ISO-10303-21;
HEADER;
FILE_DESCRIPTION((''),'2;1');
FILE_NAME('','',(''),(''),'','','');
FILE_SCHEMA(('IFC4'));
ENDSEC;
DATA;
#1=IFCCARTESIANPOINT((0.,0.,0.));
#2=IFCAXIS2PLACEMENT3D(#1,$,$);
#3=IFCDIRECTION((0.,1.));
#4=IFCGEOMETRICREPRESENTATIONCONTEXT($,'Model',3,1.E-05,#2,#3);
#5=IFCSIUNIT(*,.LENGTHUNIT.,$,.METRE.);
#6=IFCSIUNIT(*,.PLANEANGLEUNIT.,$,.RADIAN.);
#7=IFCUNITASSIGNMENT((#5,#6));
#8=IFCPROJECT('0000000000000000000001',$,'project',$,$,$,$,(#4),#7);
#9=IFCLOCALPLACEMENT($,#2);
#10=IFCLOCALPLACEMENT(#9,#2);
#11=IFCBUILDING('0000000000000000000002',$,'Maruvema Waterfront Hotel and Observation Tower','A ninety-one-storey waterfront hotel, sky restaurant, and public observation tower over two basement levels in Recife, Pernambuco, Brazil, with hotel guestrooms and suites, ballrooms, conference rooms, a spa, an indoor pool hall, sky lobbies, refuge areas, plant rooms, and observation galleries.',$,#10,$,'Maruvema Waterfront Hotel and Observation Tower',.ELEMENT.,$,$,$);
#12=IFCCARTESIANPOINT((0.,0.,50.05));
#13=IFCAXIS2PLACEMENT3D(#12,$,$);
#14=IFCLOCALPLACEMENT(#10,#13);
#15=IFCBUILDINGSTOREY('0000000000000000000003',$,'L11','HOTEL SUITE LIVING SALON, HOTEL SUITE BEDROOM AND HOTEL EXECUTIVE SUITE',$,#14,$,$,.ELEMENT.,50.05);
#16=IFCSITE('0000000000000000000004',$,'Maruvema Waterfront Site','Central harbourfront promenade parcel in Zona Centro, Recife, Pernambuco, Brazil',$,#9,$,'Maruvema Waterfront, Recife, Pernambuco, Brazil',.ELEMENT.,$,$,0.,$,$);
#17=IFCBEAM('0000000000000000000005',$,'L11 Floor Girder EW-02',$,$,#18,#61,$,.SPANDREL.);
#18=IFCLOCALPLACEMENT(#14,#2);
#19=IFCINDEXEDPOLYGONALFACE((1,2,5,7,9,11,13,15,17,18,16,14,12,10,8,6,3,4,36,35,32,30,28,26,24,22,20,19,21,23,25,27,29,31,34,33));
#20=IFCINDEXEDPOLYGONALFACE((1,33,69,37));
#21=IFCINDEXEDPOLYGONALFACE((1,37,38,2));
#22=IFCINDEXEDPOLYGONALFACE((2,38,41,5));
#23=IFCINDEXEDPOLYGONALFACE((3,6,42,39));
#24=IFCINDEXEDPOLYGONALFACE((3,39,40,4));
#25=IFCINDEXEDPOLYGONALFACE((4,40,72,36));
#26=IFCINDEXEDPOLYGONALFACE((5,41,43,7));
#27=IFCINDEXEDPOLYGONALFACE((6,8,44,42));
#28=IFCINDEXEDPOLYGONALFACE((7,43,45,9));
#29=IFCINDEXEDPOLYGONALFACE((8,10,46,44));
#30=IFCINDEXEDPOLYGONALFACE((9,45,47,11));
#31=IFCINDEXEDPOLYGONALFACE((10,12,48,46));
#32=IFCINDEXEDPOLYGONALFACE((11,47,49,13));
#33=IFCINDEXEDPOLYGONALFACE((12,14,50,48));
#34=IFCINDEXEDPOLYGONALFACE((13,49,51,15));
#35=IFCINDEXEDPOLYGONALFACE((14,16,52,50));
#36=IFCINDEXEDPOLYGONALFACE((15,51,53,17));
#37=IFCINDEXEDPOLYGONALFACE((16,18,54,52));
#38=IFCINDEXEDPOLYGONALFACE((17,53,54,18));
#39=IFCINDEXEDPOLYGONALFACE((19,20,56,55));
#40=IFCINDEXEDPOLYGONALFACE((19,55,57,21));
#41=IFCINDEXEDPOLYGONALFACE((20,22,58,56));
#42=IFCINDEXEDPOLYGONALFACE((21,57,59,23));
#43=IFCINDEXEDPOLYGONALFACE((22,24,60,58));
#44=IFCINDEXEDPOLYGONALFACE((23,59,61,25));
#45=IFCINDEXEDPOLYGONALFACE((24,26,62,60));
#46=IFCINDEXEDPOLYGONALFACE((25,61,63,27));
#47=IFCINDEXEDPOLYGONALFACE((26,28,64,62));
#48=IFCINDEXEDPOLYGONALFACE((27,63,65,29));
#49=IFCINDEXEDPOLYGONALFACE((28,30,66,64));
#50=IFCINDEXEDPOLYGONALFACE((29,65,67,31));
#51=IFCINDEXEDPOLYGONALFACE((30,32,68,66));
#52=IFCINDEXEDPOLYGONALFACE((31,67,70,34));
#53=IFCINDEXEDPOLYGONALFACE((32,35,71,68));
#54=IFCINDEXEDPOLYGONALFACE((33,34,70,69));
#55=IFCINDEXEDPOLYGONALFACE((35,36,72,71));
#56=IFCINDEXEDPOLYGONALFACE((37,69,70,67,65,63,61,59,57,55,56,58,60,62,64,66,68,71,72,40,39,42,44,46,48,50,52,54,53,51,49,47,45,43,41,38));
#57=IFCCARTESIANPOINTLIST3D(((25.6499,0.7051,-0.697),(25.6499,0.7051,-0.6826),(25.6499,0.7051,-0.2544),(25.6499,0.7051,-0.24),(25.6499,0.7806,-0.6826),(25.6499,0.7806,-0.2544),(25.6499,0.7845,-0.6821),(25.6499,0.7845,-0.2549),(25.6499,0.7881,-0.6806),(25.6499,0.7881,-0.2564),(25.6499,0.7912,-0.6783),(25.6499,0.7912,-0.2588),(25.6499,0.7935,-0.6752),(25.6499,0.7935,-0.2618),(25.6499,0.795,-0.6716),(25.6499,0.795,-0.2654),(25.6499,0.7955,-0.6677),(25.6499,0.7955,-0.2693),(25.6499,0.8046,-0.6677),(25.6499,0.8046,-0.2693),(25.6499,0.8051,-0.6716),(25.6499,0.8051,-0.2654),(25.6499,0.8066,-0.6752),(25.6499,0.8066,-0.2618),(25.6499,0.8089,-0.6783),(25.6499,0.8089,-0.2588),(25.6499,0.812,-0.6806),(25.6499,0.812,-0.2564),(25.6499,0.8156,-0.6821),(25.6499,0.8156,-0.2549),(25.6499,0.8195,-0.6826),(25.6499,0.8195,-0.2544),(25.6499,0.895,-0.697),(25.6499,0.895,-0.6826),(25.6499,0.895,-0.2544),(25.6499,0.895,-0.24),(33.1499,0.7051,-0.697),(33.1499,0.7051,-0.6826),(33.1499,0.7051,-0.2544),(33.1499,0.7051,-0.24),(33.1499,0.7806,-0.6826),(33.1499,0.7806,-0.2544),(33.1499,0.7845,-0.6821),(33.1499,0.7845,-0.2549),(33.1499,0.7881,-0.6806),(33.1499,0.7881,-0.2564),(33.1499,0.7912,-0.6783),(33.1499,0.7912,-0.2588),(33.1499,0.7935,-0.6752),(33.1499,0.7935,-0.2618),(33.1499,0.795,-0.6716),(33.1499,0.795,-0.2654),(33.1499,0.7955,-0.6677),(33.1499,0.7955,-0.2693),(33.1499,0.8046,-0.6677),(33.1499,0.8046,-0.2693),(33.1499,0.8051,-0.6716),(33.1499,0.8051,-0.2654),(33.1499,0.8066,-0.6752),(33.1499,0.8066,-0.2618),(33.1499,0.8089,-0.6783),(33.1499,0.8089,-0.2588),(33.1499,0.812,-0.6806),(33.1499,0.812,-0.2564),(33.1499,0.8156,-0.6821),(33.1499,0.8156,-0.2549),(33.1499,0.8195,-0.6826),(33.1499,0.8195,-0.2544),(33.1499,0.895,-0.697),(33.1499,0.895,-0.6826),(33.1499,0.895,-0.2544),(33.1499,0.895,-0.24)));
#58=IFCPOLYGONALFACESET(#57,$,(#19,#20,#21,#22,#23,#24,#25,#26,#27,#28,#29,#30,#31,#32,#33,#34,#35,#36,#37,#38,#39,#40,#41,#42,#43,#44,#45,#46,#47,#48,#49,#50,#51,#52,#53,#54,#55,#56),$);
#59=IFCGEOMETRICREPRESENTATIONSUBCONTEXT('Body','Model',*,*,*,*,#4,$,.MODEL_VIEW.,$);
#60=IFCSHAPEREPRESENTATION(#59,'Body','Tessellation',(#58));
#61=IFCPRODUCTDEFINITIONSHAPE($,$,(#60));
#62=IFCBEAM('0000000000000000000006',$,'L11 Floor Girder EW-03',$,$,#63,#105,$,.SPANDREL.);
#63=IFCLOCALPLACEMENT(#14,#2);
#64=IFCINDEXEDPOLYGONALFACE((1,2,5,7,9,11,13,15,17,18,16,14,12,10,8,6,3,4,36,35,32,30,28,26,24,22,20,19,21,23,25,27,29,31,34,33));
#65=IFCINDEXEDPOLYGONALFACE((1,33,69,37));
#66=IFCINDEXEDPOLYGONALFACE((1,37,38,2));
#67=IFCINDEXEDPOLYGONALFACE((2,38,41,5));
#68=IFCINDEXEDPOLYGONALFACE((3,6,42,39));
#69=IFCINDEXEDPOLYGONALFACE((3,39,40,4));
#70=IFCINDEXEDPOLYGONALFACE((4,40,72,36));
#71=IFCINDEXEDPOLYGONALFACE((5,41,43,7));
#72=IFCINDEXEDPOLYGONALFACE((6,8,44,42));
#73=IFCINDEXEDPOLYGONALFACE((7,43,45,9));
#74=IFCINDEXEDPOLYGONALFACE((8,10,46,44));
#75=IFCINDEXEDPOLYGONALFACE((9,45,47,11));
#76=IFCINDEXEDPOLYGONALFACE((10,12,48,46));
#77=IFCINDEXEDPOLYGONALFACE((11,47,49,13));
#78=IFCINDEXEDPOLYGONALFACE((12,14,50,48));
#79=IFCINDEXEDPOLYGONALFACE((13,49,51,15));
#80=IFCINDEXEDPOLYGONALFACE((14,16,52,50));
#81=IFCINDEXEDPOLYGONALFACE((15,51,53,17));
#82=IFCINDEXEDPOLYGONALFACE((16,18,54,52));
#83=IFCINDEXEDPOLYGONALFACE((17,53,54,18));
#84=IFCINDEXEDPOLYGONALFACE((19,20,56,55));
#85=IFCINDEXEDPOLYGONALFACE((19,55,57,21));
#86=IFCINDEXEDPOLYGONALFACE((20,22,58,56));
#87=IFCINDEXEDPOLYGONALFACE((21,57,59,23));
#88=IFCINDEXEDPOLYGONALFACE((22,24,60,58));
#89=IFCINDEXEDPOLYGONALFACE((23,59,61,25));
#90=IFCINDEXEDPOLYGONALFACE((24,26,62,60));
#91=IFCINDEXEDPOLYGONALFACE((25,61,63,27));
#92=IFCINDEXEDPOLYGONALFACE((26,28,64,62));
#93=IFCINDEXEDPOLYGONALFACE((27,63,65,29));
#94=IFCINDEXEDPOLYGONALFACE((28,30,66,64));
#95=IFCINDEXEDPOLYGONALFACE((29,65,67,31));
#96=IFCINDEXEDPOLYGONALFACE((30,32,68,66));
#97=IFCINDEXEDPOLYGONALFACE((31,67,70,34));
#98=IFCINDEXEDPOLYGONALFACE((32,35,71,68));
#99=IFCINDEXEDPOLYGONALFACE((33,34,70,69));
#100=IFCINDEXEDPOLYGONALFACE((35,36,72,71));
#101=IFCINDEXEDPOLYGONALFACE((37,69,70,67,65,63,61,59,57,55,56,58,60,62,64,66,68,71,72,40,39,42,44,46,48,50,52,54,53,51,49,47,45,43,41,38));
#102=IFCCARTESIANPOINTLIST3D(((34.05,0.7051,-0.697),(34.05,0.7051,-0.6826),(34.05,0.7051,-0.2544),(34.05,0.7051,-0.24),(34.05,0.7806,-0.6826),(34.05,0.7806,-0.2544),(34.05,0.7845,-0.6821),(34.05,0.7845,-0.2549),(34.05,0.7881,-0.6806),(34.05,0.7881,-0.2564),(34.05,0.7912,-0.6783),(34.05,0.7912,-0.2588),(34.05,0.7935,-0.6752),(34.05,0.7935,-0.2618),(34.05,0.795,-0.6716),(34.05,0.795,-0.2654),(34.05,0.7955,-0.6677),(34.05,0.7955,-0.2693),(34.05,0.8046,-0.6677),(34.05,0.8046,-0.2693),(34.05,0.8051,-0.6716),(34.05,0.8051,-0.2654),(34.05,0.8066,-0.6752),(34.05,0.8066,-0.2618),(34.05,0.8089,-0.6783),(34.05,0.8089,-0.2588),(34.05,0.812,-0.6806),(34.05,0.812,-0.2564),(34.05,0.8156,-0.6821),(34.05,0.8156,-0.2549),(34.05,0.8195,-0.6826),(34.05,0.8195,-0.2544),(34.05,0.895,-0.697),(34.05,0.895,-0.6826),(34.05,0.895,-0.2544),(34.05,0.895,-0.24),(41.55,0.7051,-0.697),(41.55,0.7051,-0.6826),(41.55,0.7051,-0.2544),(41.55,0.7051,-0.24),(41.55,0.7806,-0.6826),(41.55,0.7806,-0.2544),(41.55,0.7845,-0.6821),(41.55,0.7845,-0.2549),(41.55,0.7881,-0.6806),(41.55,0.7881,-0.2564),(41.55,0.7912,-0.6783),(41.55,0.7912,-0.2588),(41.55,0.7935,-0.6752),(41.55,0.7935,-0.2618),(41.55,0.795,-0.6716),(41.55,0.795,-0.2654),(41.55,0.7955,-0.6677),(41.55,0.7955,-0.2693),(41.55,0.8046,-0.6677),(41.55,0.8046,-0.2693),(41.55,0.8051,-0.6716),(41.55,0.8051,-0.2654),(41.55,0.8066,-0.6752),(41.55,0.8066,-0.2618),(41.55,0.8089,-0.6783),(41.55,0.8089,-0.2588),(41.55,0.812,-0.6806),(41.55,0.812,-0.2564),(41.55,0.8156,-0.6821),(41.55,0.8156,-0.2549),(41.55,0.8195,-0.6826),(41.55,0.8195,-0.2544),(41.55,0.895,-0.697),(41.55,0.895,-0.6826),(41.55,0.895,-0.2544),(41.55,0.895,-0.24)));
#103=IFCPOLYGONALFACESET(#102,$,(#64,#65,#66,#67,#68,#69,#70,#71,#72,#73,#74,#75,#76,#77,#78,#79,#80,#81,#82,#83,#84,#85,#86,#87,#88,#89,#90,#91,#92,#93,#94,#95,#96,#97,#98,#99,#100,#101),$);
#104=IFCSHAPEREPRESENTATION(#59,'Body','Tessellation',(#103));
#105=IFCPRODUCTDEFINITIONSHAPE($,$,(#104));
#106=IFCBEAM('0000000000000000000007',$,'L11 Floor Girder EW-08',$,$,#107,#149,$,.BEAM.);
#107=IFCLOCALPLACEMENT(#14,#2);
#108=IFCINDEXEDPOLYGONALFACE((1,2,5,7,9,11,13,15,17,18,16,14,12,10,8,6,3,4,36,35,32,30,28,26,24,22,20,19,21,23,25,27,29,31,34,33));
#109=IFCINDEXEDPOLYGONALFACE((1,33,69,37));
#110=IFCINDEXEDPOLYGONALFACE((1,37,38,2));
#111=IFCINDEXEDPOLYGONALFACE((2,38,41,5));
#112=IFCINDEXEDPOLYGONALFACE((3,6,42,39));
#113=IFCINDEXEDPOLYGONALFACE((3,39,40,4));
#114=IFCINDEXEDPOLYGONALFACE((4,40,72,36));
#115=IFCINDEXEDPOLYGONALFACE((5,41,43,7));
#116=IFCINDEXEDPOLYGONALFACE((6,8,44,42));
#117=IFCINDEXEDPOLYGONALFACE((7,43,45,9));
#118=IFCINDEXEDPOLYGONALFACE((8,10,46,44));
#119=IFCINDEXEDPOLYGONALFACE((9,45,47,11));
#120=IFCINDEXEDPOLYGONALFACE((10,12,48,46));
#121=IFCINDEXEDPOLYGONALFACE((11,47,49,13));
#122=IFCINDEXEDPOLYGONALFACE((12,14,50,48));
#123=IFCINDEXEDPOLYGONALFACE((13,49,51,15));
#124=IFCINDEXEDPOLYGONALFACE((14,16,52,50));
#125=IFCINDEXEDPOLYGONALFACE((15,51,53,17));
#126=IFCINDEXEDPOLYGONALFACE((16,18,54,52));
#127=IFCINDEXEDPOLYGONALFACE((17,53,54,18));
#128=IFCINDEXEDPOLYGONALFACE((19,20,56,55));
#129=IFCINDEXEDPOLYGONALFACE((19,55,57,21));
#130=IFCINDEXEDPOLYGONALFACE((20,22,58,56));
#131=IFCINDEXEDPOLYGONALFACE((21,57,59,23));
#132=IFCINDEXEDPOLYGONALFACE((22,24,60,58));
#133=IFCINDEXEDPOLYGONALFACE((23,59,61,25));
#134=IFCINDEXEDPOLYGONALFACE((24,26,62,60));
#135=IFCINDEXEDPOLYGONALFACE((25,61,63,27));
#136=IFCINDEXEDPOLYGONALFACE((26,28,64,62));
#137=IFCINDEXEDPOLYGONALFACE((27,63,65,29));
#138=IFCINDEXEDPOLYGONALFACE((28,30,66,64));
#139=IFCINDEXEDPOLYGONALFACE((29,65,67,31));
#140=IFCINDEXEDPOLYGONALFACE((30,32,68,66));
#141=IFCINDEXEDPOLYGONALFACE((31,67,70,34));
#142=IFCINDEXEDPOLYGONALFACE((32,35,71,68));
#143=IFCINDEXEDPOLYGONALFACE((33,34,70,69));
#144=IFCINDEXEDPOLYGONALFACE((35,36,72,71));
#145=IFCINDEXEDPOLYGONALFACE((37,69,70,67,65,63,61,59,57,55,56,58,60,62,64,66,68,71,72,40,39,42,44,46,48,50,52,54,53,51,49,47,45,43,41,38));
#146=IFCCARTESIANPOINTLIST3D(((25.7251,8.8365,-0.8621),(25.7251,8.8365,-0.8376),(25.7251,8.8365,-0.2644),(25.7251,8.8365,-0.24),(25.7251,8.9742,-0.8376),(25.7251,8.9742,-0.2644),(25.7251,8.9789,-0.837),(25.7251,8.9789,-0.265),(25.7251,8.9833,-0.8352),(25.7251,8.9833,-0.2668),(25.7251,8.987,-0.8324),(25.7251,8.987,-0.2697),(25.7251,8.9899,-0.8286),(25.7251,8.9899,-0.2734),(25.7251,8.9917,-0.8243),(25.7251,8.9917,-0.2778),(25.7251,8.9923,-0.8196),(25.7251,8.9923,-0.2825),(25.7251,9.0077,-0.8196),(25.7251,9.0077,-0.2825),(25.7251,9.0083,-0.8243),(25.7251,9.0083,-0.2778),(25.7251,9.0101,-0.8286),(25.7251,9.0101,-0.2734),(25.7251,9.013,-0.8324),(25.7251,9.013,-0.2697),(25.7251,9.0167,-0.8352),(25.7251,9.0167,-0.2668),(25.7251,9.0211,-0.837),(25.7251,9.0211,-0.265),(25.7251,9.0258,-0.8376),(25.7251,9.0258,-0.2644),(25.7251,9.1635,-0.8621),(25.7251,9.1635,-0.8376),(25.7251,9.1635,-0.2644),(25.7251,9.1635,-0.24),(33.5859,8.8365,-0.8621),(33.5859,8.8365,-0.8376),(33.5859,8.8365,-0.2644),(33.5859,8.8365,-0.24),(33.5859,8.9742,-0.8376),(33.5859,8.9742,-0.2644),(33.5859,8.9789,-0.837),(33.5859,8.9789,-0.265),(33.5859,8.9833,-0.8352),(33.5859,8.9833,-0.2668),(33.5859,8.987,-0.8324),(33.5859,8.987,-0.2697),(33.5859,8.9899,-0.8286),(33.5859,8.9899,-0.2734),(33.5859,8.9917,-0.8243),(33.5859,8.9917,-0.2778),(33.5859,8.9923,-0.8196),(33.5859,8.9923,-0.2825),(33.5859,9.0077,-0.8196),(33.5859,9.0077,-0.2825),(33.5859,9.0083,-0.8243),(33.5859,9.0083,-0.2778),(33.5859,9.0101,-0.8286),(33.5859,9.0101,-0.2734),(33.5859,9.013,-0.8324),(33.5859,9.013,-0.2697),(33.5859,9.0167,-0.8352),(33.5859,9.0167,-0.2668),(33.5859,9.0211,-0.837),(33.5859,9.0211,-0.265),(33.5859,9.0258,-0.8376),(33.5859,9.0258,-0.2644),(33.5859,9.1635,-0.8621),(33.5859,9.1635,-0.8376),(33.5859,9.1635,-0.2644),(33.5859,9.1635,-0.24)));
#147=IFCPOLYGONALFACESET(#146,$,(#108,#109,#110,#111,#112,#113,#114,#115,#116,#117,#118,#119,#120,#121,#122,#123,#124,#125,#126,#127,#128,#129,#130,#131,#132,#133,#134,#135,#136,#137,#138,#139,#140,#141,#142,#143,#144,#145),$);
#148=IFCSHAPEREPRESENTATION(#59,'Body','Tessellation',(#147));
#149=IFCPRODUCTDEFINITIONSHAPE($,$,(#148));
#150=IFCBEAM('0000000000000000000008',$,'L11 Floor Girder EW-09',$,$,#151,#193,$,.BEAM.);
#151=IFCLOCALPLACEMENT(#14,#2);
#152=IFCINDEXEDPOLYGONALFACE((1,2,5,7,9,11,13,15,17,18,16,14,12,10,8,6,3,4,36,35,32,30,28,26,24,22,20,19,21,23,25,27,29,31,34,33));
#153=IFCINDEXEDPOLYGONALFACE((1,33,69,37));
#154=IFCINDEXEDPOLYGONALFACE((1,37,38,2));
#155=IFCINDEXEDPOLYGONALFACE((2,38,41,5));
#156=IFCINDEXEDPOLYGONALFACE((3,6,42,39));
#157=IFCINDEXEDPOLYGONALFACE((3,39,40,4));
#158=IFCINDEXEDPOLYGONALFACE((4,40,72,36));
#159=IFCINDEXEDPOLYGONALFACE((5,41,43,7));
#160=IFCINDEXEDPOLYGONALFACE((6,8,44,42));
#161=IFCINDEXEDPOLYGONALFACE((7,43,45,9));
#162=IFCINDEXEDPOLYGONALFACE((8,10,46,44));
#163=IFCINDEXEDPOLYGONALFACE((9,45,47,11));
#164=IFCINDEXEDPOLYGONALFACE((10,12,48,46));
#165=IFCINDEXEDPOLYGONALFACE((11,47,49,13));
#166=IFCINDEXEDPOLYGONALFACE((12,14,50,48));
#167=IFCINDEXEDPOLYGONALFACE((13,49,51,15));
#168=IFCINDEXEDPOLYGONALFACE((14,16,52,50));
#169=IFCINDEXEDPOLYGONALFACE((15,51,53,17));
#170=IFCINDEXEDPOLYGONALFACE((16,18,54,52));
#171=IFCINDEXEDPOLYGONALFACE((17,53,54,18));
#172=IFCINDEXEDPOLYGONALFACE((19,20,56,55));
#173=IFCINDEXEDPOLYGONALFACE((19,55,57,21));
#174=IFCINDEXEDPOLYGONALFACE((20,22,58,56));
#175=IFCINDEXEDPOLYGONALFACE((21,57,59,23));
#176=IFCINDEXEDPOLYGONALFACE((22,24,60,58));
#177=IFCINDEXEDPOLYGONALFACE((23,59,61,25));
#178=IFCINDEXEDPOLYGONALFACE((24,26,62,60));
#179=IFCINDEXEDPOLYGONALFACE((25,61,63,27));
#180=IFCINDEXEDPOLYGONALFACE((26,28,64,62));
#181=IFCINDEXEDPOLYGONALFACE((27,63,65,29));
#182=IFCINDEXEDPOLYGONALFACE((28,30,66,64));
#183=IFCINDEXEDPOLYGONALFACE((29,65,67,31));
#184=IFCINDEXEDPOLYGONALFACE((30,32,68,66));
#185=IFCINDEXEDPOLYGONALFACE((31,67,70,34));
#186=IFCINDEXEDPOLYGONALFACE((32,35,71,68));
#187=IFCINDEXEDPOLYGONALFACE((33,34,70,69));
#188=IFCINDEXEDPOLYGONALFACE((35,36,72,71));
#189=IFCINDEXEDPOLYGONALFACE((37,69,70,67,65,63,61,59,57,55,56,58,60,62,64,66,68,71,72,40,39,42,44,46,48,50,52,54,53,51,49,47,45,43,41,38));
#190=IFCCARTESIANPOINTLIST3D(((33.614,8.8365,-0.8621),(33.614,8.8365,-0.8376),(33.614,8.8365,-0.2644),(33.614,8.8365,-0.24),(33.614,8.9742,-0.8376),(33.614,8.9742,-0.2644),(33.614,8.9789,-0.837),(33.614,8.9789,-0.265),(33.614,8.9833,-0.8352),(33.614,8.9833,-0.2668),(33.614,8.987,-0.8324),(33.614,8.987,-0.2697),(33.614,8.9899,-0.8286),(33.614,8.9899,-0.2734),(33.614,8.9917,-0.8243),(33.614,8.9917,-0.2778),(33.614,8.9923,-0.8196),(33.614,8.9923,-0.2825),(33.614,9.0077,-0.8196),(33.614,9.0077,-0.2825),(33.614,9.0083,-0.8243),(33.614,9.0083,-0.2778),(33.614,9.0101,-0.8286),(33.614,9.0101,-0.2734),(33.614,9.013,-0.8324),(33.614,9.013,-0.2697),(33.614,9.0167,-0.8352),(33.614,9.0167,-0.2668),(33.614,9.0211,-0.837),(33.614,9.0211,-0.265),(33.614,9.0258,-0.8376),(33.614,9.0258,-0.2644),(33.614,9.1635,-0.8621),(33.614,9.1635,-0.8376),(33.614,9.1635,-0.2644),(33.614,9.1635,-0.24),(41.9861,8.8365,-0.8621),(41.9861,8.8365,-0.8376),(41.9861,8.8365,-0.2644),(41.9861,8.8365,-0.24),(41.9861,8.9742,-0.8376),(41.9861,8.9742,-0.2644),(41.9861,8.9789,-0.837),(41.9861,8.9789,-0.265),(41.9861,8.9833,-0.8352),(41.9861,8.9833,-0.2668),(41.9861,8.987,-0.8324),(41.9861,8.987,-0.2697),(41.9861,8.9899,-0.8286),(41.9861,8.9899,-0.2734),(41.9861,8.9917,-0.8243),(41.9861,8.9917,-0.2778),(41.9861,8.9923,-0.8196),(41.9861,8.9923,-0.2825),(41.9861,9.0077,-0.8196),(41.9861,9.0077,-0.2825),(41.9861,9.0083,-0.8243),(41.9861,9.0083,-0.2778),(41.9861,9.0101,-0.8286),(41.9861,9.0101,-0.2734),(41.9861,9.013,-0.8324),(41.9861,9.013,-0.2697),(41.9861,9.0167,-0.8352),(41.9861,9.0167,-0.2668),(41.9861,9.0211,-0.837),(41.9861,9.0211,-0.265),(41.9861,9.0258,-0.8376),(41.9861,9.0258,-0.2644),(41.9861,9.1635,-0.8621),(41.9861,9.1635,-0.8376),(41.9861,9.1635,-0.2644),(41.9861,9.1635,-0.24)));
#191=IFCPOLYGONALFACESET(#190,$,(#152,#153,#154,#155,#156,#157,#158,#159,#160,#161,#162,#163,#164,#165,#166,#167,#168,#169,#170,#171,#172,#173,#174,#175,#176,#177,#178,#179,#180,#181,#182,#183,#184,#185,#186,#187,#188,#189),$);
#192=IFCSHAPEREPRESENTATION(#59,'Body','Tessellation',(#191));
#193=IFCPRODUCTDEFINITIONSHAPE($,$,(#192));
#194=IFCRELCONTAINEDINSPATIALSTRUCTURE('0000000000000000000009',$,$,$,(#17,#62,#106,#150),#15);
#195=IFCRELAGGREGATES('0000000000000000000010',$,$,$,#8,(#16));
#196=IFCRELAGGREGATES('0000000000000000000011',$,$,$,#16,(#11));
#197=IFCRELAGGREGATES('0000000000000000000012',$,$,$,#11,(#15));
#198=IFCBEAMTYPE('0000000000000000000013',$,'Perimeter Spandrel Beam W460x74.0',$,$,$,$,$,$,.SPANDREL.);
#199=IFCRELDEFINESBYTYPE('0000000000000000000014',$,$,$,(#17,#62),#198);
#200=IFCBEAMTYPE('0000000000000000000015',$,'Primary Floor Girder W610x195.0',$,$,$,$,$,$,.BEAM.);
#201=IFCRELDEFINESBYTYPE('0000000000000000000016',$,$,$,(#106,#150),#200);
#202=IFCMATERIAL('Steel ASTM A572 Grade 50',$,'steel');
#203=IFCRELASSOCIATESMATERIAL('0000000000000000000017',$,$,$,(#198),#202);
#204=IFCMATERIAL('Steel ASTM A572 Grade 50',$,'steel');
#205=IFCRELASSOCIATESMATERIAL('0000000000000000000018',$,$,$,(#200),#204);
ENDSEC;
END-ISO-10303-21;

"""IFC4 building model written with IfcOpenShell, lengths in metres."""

from ifc_helpers import new_model, si_unit, direction, frame, origin, origin_2d, place, context, subcontext, project, spatial, i_section, extrude, material, material_profile, profile_set, type_object, element, save


model = new_model("IFC4")

# Units and contexts
model_context = context("Model", 3, precision=1e-05, world=origin(), true_north=direction((0.0, 1.0)))
body_context = subcontext(model_context, "Body", "Model", "MODEL_VIEW")
ifc_project = project(units=[si_unit("LENGTHUNIT", "METRE"), si_unit("PLANEANGLEUNIT", "RADIAN")], contexts=[model_context])

# Site, building, storey
site_placement = place(None, origin())
site = spatial("IfcSite", under=ifc_project, at=site_placement, Name="Maruvema Waterfront Site", Description="Central harbourfront promenade parcel in Zona Centro, Recife, Pernambuco, Brazil", LongName="Maruvema Waterfront, Recife, Pernambuco, Brazil", CompositionType="ELEMENT", RefElevation=0.0)
building_placement = place(site_placement, origin())
building = spatial("IfcBuilding", under=site, at=building_placement, Name="Maruvema Waterfront Hotel and Observation Tower", Description="A ninety-one-storey waterfront hotel, sky restaurant, and public observation tower over two basement levels in Recife, Pernambuco, Brazil, with hotel guestrooms and suites, ballrooms, conference rooms, a spa, an indoor pool hall, sky lobbies, refuge areas, plant rooms, and observation galleries.", LongName="Maruvema Waterfront Hotel and Observation Tower", CompositionType="ELEMENT")
storey_placement = place(building_placement, frame((0.0, 0.0, 50.05)))
storey = spatial("IfcBuildingStorey", under=building, at=storey_placement, Name="L11", Description="HOTEL SUITE LIVING SALON, HOTEL SUITE BEDROOM AND HOTEL EXECUTIVE SUITE", CompositionType="ELEMENT", Elevation=50.05)

# Beams
ifc_material_1 = material(Name="Steel ASTM A572 Grade 50", Category="steel")
ifc_material_profile_1 = material_profile(ifc_material_1, i_section(OverallWidth=0.1899, OverallDepth=0.457, WebThickness=0.009, FlangeThickness=0.0144, FilletRadius=0.0149, at=origin_2d()), Name="W460x74.0")
ifc_profile_set_1 = profile_set([ifc_material_profile_1], Name="Steel ASTM A572 Grade 50")
beam_type_1 = type_object("IfcBeamType", Name="Perimeter Spandrel Beam W460x74.0", PredefinedType="SPANDREL", material=ifc_profile_set_1)
for number, where, z_axis, x_axis, name in (
    (1, (25.6499, 0.8, -0.4685), (1.0, 0.0, 0.0), (0.0, 1.0, 0.0), "L11 Floor Girder EW-02"),
    (2, (34.05, 0.8, -0.4685), (1.0, 0.0, 0.0), (0.0, 1.0, 0.0), "L11 Floor Girder EW-03"),
):
    element("IfcBeam", number, at=place(storey_placement, frame(where, z_axis=z_axis, x_axis=x_axis)), inside=storey, type_object=beam_type_1, Name=name, PredefinedType="SPANDREL", context=body_context, shape_type="SweptSolid", body=[
        extrude(i_section(OverallWidth=0.1899, OverallDepth=0.457, WebThickness=0.009, FlangeThickness=0.0144, FilletRadius=0.0149, at=origin_2d()), origin(), (0.0, 0.0, 1.0), 7.5),
    ])
ifc_material_2 = material(Name="Steel ASTM A572 Grade 50", Category="steel")
ifc_material_profile_2 = material_profile(ifc_material_2, i_section(OverallWidth=0.3269, OverallDepth=0.6221, WebThickness=0.0154, FlangeThickness=0.0244, FilletRadius=0.0181, at=origin_2d()), Name="W610x195.0")
ifc_profile_set_2 = profile_set([ifc_material_profile_2], Name="Steel ASTM A572 Grade 50")
beam_type_2 = type_object("IfcBeamType", Name="Primary Floor Girder W610x195.0", PredefinedType="BEAM", material=ifc_profile_set_2)
beam_1_placement = place(storey_placement, frame((25.7251, 9.0, -0.551), z_axis=(1.0, 0.0, 0.0), x_axis=(0.0, 1.0, 0.0)))
element("IfcBeam", 3, at=beam_1_placement, inside=storey, type_object=beam_type_2, Name="L11 Floor Girder EW-08", PredefinedType="BEAM", context=body_context, shape_type="SweptSolid", body=[
    extrude(i_section(OverallWidth=0.3269, OverallDepth=0.6221, WebThickness=0.0154, FlangeThickness=0.0244, FilletRadius=0.0181, at=origin_2d()), origin(), (0.0, 0.0, 1.0), 7.8608),
])
beam_2_placement = place(storey_placement, frame((33.614, 9.0, -0.551), z_axis=(1.0, 0.0, 0.0), x_axis=(0.0, 1.0, 0.0)))
element("IfcBeam", 4, at=beam_2_placement, inside=storey, type_object=beam_type_2, Name="L11 Floor Girder EW-09", PredefinedType="BEAM", context=body_context, shape_type="SweptSolid", body=[
    extrude(i_section(OverallWidth=0.3269, OverallDepth=0.6221, WebThickness=0.0154, FlangeThickness=0.0244, FilletRadius=0.0181, at=origin_2d()), origin(), (0.0, 0.0, 1.0), 8.3721),
])

save(model, "model.ifc")
